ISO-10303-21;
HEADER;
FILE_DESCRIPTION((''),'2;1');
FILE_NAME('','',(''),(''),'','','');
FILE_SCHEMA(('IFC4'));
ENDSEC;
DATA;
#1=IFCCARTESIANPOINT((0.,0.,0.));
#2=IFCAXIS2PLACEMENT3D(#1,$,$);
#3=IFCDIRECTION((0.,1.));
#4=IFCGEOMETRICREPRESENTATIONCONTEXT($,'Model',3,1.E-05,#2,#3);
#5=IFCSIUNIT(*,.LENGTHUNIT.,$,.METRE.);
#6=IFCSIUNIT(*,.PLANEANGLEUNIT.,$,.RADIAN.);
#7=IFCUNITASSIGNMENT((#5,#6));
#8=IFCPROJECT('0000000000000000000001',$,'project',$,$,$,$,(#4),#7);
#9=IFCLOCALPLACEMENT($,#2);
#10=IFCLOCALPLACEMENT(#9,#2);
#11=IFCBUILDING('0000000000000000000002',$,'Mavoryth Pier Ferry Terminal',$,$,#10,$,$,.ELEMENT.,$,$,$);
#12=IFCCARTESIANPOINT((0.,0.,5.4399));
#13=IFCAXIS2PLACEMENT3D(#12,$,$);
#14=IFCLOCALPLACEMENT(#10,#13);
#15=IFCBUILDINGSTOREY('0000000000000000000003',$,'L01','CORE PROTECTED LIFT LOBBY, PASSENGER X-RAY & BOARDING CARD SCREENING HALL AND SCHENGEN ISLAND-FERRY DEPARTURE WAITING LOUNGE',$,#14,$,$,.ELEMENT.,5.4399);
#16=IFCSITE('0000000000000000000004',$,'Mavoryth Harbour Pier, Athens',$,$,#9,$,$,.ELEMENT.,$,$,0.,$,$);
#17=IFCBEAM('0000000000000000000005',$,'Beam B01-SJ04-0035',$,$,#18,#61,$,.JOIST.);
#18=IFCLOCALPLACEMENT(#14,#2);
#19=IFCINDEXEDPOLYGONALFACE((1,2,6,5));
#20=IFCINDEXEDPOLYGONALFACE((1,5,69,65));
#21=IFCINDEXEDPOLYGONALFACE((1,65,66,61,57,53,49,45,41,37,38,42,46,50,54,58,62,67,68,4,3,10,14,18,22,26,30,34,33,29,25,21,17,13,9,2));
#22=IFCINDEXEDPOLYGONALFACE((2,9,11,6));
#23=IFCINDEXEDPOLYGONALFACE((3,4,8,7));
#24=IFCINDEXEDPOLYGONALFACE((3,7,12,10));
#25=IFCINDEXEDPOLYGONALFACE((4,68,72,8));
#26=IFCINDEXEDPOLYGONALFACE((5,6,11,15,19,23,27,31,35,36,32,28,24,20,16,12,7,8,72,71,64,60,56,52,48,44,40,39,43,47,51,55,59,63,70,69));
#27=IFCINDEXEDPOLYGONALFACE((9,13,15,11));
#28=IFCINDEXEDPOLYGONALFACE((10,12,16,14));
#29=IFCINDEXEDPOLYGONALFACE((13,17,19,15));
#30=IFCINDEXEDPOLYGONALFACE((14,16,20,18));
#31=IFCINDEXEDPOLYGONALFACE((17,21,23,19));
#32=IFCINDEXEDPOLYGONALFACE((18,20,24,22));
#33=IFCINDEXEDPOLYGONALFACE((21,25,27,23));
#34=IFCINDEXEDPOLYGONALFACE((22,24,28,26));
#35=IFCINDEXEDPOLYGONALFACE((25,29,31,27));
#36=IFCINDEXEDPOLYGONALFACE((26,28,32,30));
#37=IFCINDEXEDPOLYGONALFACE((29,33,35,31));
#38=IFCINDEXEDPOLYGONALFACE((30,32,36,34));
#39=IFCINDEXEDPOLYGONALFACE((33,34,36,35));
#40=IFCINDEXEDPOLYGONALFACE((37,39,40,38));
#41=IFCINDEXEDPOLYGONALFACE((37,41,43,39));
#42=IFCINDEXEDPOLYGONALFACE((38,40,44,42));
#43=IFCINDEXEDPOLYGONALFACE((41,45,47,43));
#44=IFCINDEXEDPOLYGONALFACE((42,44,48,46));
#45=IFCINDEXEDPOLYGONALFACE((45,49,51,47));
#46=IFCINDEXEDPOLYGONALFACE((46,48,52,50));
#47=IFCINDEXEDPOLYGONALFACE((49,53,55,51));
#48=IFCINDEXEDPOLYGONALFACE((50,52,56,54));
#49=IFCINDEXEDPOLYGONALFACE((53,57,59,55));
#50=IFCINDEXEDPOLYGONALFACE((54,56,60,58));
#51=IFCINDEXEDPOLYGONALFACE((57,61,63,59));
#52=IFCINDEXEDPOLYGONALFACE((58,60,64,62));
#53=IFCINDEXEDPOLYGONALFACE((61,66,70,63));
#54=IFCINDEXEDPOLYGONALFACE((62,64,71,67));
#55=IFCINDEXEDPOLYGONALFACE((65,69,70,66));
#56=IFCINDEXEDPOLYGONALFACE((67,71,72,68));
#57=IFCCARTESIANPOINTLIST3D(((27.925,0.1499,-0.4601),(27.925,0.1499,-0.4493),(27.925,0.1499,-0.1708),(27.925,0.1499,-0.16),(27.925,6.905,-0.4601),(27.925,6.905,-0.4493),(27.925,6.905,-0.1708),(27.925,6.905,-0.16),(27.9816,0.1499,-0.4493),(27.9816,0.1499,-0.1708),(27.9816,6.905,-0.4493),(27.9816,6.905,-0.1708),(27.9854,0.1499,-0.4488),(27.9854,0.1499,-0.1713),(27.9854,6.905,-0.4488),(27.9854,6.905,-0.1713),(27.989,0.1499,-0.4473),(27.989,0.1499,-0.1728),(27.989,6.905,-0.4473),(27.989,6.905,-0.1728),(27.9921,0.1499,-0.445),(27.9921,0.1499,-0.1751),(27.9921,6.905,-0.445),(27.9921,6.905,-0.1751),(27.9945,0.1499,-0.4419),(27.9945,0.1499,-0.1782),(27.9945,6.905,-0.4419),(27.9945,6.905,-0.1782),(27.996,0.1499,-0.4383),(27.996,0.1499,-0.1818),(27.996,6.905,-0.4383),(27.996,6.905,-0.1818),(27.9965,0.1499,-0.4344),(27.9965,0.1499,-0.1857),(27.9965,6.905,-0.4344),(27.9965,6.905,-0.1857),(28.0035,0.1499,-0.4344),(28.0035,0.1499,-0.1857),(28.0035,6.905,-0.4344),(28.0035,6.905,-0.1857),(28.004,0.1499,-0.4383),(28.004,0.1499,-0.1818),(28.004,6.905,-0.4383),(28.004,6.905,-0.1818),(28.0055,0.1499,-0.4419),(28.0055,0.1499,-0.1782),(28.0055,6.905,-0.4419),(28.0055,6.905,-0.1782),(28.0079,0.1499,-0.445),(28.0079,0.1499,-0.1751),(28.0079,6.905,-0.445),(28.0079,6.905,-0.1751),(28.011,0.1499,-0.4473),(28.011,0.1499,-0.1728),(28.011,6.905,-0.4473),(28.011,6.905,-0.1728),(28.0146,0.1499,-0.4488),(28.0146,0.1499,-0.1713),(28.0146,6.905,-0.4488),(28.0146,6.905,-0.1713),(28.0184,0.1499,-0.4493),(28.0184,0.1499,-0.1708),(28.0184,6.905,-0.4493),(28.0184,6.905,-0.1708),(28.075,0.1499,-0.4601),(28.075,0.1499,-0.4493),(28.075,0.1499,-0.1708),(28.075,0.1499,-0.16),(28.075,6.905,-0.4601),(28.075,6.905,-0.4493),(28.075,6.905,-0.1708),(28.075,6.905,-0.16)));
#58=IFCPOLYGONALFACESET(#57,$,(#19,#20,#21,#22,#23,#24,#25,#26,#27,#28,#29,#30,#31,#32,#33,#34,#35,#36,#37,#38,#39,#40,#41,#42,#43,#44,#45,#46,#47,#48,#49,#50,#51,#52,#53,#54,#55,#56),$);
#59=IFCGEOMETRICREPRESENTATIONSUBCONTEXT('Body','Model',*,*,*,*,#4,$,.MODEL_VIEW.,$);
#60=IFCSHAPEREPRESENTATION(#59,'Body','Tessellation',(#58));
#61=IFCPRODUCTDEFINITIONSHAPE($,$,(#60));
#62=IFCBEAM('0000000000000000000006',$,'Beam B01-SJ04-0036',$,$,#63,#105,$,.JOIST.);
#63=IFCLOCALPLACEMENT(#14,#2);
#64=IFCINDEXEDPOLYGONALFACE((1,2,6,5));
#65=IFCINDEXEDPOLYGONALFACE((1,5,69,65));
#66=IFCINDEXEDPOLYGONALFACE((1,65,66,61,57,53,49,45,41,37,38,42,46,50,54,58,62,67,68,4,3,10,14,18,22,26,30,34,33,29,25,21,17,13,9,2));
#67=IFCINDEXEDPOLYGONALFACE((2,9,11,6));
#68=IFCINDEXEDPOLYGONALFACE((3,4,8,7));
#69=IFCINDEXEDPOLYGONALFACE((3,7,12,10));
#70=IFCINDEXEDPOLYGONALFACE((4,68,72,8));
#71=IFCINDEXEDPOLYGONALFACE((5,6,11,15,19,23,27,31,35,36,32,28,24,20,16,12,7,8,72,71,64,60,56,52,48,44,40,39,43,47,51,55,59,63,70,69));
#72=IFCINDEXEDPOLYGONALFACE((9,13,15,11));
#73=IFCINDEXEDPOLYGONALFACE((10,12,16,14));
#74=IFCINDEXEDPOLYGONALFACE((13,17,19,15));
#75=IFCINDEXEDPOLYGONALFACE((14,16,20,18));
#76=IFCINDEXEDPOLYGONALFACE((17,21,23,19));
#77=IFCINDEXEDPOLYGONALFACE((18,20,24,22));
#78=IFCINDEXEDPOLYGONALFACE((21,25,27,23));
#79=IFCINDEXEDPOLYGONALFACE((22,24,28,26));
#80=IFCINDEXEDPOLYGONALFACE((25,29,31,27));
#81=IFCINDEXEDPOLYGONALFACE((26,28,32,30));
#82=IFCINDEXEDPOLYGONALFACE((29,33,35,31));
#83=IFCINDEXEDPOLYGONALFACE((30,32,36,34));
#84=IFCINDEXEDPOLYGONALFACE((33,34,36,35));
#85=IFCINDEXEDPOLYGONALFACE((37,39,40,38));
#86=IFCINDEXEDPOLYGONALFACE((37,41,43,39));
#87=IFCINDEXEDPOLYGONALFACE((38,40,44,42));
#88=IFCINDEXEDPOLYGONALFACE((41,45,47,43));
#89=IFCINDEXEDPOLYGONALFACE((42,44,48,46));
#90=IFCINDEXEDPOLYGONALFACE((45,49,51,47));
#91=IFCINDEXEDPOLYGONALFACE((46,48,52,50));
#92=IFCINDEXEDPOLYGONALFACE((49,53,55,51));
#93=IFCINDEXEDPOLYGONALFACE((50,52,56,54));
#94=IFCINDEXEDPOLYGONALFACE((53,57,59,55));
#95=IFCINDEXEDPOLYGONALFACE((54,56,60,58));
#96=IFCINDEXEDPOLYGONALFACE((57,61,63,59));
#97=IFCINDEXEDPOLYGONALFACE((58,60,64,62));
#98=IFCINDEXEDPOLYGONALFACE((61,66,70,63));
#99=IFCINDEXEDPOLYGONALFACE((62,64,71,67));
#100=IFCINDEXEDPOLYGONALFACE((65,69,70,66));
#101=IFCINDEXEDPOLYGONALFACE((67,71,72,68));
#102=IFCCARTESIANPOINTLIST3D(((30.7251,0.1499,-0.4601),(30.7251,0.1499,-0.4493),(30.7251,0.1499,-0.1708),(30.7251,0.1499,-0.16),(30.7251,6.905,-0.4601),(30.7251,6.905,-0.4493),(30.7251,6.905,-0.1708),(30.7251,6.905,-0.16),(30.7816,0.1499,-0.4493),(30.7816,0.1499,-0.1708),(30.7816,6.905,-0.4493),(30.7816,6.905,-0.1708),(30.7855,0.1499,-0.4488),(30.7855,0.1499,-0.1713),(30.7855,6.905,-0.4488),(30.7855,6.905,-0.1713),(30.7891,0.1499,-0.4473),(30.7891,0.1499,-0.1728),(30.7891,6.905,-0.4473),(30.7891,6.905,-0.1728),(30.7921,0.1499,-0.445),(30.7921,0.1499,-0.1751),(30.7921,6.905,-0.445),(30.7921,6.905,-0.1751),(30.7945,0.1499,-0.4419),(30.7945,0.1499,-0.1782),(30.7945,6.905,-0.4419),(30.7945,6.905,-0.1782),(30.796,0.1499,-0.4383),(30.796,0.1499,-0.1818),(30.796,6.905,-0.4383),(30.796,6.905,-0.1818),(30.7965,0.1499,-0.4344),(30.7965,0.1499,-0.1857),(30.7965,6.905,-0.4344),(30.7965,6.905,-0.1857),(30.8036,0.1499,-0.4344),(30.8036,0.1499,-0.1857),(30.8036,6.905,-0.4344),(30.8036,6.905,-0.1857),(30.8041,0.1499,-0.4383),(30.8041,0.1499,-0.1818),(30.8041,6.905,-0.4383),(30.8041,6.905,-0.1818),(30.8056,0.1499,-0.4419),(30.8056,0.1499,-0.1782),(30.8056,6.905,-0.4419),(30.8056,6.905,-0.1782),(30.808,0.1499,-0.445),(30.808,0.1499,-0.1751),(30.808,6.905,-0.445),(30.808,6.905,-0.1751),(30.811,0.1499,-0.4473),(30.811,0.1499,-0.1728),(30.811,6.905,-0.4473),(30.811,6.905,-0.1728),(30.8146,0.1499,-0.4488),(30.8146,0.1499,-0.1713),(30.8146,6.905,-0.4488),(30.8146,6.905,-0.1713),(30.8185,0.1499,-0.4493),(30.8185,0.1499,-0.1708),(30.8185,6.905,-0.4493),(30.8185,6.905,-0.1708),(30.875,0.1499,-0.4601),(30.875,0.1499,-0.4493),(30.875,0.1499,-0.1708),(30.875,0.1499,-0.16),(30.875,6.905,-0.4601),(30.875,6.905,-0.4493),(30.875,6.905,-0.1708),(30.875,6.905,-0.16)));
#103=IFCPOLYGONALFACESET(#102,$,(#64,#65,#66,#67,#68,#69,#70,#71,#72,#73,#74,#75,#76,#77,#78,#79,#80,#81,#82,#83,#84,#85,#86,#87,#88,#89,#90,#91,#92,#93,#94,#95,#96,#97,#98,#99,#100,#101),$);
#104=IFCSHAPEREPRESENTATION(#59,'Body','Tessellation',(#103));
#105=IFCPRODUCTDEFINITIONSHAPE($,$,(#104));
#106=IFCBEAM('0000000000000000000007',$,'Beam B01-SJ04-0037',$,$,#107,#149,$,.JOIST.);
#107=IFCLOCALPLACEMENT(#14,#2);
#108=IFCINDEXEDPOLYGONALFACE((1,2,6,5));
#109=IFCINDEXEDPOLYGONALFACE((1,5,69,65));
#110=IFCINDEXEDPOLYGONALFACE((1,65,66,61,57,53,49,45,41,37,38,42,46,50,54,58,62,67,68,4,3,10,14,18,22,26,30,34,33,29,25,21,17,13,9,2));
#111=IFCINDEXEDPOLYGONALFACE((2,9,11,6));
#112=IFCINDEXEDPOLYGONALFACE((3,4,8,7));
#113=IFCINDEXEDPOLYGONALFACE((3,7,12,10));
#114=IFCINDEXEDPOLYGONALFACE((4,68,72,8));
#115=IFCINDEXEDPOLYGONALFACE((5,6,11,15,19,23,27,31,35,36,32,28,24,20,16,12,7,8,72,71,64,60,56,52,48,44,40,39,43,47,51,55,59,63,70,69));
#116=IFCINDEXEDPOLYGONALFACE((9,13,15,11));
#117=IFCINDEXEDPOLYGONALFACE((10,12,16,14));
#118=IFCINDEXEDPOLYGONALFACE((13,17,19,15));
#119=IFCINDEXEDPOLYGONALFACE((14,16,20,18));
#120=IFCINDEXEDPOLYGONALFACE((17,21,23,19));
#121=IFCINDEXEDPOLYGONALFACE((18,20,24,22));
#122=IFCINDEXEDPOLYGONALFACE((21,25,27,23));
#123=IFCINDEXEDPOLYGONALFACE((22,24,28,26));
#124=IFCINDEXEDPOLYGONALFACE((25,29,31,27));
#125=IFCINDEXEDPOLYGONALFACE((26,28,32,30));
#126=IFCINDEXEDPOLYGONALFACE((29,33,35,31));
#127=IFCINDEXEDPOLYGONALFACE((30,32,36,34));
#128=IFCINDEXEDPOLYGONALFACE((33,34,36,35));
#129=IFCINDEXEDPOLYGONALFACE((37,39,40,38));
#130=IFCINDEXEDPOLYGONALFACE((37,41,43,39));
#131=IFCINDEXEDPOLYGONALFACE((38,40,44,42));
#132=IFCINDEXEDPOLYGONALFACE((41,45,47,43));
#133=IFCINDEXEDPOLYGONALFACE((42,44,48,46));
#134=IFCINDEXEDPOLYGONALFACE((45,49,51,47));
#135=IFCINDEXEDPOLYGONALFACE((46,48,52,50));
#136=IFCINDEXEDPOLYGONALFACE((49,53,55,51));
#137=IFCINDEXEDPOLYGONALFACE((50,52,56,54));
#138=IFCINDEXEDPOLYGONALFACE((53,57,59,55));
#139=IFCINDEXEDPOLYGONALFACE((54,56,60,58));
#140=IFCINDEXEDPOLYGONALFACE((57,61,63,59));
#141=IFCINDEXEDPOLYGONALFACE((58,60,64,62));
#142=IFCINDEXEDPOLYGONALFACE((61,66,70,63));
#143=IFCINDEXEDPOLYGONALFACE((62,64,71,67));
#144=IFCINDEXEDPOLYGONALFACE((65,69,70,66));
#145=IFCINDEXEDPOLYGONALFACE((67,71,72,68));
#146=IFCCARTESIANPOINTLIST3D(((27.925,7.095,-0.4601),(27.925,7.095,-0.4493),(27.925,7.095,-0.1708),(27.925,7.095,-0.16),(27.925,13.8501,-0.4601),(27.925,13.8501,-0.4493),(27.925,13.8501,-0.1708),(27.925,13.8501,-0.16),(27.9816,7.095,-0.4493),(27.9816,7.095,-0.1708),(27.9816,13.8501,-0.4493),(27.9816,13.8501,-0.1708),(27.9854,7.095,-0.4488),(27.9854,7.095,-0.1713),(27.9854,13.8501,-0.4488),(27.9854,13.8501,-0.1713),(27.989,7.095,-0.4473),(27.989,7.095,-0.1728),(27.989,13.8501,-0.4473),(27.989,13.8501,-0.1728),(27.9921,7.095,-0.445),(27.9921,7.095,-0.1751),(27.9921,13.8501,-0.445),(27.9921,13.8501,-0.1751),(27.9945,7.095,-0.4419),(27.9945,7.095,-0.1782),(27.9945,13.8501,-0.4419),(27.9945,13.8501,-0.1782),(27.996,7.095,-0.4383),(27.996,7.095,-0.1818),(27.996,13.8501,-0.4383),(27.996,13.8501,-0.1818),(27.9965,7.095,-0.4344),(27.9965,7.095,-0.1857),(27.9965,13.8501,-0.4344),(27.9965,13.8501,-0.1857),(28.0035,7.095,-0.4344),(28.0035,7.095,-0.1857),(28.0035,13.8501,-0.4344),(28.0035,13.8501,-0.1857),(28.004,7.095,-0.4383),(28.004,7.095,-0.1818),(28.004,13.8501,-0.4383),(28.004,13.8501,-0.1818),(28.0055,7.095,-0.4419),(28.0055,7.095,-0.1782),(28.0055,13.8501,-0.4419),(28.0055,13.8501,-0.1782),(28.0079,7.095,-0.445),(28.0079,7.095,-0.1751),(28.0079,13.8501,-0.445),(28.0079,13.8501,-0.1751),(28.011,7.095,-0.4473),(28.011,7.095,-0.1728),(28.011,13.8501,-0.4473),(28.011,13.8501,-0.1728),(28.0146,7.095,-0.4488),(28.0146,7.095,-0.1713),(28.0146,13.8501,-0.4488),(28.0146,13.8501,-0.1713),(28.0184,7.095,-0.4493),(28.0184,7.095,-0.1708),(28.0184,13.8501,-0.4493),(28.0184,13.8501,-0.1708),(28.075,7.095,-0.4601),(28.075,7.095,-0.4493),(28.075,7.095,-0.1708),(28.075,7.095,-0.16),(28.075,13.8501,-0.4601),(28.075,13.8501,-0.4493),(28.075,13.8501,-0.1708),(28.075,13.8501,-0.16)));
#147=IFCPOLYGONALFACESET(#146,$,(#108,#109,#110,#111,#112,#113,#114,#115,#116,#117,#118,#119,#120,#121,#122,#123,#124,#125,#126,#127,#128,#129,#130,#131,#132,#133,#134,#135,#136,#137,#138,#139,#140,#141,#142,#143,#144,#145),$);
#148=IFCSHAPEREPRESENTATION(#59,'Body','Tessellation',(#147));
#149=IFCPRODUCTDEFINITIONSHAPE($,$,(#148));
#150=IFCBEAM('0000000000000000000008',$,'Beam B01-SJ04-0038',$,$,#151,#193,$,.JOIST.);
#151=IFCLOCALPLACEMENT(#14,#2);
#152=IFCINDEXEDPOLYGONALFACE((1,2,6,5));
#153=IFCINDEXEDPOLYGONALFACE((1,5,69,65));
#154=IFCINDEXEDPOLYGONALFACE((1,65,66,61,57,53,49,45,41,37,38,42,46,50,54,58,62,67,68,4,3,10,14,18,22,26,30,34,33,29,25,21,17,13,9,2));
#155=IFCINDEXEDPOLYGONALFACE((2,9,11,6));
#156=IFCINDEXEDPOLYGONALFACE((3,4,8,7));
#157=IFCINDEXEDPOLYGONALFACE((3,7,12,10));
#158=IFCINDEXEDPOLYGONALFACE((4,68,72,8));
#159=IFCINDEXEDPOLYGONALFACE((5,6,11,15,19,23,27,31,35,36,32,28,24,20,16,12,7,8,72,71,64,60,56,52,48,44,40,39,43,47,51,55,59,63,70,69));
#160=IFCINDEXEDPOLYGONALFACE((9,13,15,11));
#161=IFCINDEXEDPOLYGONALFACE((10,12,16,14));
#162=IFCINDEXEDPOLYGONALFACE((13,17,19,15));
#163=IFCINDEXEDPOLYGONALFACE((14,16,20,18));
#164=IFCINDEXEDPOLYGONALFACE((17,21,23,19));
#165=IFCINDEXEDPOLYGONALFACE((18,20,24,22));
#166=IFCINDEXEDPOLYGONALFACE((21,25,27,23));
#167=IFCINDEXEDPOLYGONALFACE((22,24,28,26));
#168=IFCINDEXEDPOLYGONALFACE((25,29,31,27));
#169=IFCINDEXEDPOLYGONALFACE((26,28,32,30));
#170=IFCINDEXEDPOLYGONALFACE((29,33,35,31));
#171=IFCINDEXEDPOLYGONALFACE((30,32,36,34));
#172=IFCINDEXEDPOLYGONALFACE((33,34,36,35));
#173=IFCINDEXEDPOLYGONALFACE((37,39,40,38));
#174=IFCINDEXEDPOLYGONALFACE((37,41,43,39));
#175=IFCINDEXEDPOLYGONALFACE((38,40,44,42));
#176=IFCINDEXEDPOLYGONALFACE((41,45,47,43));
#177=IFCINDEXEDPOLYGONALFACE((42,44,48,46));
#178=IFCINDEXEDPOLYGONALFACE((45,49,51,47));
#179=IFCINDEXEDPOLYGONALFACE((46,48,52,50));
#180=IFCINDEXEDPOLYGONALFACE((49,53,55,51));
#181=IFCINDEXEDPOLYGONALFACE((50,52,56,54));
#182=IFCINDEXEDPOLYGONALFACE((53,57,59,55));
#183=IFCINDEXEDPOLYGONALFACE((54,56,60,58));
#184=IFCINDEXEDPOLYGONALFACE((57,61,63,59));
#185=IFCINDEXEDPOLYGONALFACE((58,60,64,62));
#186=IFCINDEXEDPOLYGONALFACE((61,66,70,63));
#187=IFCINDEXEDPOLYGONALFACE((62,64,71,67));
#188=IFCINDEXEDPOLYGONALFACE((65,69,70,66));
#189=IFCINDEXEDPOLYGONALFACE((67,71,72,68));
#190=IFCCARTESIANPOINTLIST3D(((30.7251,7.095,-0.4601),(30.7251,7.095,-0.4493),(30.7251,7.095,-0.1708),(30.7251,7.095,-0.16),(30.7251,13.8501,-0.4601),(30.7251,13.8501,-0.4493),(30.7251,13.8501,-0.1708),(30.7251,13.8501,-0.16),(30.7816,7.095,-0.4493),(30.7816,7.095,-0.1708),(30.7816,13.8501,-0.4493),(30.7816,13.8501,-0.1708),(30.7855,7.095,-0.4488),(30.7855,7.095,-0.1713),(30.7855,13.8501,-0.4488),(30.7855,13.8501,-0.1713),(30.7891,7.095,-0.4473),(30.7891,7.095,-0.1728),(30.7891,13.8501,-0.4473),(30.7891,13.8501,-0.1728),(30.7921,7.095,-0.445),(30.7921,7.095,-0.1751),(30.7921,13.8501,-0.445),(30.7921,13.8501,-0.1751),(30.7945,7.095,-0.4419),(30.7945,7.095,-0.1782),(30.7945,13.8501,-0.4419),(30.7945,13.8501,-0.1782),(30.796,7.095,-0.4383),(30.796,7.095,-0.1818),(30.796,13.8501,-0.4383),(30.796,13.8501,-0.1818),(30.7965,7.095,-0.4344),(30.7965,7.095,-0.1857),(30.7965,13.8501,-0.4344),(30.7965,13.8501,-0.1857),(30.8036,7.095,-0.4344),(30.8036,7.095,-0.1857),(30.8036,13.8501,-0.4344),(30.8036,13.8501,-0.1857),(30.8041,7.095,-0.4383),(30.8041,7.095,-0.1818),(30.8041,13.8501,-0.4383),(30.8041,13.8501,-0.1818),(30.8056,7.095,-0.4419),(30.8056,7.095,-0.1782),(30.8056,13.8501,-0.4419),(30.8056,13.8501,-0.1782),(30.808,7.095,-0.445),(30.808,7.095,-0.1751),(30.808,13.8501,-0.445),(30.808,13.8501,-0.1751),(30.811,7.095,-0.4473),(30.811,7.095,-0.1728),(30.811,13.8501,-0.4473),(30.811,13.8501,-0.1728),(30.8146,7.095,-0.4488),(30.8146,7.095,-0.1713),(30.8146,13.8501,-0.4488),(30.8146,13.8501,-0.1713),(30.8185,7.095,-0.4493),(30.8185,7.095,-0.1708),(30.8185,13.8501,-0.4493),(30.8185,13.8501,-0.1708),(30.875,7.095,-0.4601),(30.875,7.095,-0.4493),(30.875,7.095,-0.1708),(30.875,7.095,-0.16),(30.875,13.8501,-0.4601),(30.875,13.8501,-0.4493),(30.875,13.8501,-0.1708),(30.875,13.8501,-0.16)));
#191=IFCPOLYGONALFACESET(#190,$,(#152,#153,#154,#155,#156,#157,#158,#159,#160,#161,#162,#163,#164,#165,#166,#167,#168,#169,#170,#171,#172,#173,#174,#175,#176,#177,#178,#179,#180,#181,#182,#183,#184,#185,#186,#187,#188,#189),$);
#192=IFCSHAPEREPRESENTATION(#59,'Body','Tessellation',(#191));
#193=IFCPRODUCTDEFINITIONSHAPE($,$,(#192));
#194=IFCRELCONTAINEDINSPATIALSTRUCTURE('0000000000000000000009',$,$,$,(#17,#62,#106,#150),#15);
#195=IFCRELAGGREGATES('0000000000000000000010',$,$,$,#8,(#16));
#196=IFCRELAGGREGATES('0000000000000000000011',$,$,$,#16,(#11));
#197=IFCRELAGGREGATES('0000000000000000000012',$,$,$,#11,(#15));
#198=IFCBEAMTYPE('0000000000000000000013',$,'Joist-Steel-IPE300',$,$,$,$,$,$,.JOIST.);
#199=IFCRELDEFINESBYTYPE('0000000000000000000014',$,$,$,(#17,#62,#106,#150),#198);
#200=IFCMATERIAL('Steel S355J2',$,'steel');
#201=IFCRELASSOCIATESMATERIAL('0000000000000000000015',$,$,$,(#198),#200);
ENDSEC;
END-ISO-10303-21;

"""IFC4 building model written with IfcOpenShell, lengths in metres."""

from ifc_helpers import new_model, si_unit, direction, frame, origin, origin_2d, place, context, subcontext, project, spatial, i_section, extrude, material, material_profile, profile_set, type_object, element, save


model = new_model("IFC4")

# Units and contexts
model_context = context("Model", 3, precision=1e-05, world=origin(), true_north=direction((0.0, 1.0)))
body_context = subcontext(model_context, "Body", "Model", "MODEL_VIEW")
ifc_project = project(units=[si_unit("LENGTHUNIT", "METRE"), si_unit("PLANEANGLEUNIT", "RADIAN")], contexts=[model_context])

# Site, building, storey
site_placement = place(None, origin())
site = spatial("IfcSite", under=ifc_project, at=site_placement, Name="Mavoryth Harbour Pier, Athens", CompositionType="ELEMENT", RefElevation=0.0)
building_placement = place(site_placement, origin())
building = spatial("IfcBuilding", under=site, at=building_placement, Name="Mavoryth Pier Ferry Terminal", CompositionType="ELEMENT")
storey_placement = place(building_placement, frame((0.0, 0.0, 5.4399)))
storey = spatial("IfcBuildingStorey", under=building, at=storey_placement, Name="L01", Description="CORE PROTECTED LIFT LOBBY, PASSENGER X-RAY & BOARDING CARD SCREENING HALL AND SCHENGEN ISLAND-FERRY DEPARTURE WAITING LOUNGE", CompositionType="ELEMENT", Elevation=5.4399)

# Beams
ifc_material_1 = material(Name="Steel S355J2", Category="steel")
ifc_material_profile_1 = material_profile(ifc_material_1, i_section(OverallWidth=0.1499, OverallDepth=0.3, WebThickness=0.0071, FlangeThickness=0.0107, FilletRadius=0.0149, at=origin_2d()), Name="IPE 300", Category="steel")
ifc_profile_set_1 = profile_set([ifc_material_profile_1], Name="Steel S355J2 - IPE 300")
beam_type_1 = type_object("IfcBeamType", Name="Joist-Steel-IPE300", PredefinedType="JOIST", material=ifc_profile_set_1)
for number, where, z_axis, x_axis, name in (
    (1, (28.0, 0.1499, -0.3101), (0.0, 1.0, 0.0), (-1.0, 0.0, 0.0), "Beam B01-SJ04-0035"),
    (2, (30.8, 0.1499, -0.3101), (0.0, 1.0, 0.0), (-1.0, 0.0, 0.0), "Beam B01-SJ04-0036"),
    (3, (28.0, 7.095, -0.3101), (0.0, 1.0, 0.0), (-1.0, 0.0, 0.0), "Beam B01-SJ04-0037"),
    (4, (30.8, 7.095, -0.3101), (0.0, 1.0, 0.0), (-1.0, 0.0, 0.0), "Beam B01-SJ04-0038"),
):
    element("IfcBeam", number, at=place(storey_placement, frame(where, z_axis=z_axis, x_axis=x_axis)), inside=storey, type_object=beam_type_1, Name=name, PredefinedType="JOIST", context=body_context, shape_type="SweptSolid", body=[
        extrude(i_section(OverallWidth=0.1499, OverallDepth=0.3, WebThickness=0.0071, FlangeThickness=0.0107, FilletRadius=0.0149, at=origin_2d()), origin(), (0.0, 0.0, 1.0), 6.7551),
    ])

save(model, "model.ifc")
